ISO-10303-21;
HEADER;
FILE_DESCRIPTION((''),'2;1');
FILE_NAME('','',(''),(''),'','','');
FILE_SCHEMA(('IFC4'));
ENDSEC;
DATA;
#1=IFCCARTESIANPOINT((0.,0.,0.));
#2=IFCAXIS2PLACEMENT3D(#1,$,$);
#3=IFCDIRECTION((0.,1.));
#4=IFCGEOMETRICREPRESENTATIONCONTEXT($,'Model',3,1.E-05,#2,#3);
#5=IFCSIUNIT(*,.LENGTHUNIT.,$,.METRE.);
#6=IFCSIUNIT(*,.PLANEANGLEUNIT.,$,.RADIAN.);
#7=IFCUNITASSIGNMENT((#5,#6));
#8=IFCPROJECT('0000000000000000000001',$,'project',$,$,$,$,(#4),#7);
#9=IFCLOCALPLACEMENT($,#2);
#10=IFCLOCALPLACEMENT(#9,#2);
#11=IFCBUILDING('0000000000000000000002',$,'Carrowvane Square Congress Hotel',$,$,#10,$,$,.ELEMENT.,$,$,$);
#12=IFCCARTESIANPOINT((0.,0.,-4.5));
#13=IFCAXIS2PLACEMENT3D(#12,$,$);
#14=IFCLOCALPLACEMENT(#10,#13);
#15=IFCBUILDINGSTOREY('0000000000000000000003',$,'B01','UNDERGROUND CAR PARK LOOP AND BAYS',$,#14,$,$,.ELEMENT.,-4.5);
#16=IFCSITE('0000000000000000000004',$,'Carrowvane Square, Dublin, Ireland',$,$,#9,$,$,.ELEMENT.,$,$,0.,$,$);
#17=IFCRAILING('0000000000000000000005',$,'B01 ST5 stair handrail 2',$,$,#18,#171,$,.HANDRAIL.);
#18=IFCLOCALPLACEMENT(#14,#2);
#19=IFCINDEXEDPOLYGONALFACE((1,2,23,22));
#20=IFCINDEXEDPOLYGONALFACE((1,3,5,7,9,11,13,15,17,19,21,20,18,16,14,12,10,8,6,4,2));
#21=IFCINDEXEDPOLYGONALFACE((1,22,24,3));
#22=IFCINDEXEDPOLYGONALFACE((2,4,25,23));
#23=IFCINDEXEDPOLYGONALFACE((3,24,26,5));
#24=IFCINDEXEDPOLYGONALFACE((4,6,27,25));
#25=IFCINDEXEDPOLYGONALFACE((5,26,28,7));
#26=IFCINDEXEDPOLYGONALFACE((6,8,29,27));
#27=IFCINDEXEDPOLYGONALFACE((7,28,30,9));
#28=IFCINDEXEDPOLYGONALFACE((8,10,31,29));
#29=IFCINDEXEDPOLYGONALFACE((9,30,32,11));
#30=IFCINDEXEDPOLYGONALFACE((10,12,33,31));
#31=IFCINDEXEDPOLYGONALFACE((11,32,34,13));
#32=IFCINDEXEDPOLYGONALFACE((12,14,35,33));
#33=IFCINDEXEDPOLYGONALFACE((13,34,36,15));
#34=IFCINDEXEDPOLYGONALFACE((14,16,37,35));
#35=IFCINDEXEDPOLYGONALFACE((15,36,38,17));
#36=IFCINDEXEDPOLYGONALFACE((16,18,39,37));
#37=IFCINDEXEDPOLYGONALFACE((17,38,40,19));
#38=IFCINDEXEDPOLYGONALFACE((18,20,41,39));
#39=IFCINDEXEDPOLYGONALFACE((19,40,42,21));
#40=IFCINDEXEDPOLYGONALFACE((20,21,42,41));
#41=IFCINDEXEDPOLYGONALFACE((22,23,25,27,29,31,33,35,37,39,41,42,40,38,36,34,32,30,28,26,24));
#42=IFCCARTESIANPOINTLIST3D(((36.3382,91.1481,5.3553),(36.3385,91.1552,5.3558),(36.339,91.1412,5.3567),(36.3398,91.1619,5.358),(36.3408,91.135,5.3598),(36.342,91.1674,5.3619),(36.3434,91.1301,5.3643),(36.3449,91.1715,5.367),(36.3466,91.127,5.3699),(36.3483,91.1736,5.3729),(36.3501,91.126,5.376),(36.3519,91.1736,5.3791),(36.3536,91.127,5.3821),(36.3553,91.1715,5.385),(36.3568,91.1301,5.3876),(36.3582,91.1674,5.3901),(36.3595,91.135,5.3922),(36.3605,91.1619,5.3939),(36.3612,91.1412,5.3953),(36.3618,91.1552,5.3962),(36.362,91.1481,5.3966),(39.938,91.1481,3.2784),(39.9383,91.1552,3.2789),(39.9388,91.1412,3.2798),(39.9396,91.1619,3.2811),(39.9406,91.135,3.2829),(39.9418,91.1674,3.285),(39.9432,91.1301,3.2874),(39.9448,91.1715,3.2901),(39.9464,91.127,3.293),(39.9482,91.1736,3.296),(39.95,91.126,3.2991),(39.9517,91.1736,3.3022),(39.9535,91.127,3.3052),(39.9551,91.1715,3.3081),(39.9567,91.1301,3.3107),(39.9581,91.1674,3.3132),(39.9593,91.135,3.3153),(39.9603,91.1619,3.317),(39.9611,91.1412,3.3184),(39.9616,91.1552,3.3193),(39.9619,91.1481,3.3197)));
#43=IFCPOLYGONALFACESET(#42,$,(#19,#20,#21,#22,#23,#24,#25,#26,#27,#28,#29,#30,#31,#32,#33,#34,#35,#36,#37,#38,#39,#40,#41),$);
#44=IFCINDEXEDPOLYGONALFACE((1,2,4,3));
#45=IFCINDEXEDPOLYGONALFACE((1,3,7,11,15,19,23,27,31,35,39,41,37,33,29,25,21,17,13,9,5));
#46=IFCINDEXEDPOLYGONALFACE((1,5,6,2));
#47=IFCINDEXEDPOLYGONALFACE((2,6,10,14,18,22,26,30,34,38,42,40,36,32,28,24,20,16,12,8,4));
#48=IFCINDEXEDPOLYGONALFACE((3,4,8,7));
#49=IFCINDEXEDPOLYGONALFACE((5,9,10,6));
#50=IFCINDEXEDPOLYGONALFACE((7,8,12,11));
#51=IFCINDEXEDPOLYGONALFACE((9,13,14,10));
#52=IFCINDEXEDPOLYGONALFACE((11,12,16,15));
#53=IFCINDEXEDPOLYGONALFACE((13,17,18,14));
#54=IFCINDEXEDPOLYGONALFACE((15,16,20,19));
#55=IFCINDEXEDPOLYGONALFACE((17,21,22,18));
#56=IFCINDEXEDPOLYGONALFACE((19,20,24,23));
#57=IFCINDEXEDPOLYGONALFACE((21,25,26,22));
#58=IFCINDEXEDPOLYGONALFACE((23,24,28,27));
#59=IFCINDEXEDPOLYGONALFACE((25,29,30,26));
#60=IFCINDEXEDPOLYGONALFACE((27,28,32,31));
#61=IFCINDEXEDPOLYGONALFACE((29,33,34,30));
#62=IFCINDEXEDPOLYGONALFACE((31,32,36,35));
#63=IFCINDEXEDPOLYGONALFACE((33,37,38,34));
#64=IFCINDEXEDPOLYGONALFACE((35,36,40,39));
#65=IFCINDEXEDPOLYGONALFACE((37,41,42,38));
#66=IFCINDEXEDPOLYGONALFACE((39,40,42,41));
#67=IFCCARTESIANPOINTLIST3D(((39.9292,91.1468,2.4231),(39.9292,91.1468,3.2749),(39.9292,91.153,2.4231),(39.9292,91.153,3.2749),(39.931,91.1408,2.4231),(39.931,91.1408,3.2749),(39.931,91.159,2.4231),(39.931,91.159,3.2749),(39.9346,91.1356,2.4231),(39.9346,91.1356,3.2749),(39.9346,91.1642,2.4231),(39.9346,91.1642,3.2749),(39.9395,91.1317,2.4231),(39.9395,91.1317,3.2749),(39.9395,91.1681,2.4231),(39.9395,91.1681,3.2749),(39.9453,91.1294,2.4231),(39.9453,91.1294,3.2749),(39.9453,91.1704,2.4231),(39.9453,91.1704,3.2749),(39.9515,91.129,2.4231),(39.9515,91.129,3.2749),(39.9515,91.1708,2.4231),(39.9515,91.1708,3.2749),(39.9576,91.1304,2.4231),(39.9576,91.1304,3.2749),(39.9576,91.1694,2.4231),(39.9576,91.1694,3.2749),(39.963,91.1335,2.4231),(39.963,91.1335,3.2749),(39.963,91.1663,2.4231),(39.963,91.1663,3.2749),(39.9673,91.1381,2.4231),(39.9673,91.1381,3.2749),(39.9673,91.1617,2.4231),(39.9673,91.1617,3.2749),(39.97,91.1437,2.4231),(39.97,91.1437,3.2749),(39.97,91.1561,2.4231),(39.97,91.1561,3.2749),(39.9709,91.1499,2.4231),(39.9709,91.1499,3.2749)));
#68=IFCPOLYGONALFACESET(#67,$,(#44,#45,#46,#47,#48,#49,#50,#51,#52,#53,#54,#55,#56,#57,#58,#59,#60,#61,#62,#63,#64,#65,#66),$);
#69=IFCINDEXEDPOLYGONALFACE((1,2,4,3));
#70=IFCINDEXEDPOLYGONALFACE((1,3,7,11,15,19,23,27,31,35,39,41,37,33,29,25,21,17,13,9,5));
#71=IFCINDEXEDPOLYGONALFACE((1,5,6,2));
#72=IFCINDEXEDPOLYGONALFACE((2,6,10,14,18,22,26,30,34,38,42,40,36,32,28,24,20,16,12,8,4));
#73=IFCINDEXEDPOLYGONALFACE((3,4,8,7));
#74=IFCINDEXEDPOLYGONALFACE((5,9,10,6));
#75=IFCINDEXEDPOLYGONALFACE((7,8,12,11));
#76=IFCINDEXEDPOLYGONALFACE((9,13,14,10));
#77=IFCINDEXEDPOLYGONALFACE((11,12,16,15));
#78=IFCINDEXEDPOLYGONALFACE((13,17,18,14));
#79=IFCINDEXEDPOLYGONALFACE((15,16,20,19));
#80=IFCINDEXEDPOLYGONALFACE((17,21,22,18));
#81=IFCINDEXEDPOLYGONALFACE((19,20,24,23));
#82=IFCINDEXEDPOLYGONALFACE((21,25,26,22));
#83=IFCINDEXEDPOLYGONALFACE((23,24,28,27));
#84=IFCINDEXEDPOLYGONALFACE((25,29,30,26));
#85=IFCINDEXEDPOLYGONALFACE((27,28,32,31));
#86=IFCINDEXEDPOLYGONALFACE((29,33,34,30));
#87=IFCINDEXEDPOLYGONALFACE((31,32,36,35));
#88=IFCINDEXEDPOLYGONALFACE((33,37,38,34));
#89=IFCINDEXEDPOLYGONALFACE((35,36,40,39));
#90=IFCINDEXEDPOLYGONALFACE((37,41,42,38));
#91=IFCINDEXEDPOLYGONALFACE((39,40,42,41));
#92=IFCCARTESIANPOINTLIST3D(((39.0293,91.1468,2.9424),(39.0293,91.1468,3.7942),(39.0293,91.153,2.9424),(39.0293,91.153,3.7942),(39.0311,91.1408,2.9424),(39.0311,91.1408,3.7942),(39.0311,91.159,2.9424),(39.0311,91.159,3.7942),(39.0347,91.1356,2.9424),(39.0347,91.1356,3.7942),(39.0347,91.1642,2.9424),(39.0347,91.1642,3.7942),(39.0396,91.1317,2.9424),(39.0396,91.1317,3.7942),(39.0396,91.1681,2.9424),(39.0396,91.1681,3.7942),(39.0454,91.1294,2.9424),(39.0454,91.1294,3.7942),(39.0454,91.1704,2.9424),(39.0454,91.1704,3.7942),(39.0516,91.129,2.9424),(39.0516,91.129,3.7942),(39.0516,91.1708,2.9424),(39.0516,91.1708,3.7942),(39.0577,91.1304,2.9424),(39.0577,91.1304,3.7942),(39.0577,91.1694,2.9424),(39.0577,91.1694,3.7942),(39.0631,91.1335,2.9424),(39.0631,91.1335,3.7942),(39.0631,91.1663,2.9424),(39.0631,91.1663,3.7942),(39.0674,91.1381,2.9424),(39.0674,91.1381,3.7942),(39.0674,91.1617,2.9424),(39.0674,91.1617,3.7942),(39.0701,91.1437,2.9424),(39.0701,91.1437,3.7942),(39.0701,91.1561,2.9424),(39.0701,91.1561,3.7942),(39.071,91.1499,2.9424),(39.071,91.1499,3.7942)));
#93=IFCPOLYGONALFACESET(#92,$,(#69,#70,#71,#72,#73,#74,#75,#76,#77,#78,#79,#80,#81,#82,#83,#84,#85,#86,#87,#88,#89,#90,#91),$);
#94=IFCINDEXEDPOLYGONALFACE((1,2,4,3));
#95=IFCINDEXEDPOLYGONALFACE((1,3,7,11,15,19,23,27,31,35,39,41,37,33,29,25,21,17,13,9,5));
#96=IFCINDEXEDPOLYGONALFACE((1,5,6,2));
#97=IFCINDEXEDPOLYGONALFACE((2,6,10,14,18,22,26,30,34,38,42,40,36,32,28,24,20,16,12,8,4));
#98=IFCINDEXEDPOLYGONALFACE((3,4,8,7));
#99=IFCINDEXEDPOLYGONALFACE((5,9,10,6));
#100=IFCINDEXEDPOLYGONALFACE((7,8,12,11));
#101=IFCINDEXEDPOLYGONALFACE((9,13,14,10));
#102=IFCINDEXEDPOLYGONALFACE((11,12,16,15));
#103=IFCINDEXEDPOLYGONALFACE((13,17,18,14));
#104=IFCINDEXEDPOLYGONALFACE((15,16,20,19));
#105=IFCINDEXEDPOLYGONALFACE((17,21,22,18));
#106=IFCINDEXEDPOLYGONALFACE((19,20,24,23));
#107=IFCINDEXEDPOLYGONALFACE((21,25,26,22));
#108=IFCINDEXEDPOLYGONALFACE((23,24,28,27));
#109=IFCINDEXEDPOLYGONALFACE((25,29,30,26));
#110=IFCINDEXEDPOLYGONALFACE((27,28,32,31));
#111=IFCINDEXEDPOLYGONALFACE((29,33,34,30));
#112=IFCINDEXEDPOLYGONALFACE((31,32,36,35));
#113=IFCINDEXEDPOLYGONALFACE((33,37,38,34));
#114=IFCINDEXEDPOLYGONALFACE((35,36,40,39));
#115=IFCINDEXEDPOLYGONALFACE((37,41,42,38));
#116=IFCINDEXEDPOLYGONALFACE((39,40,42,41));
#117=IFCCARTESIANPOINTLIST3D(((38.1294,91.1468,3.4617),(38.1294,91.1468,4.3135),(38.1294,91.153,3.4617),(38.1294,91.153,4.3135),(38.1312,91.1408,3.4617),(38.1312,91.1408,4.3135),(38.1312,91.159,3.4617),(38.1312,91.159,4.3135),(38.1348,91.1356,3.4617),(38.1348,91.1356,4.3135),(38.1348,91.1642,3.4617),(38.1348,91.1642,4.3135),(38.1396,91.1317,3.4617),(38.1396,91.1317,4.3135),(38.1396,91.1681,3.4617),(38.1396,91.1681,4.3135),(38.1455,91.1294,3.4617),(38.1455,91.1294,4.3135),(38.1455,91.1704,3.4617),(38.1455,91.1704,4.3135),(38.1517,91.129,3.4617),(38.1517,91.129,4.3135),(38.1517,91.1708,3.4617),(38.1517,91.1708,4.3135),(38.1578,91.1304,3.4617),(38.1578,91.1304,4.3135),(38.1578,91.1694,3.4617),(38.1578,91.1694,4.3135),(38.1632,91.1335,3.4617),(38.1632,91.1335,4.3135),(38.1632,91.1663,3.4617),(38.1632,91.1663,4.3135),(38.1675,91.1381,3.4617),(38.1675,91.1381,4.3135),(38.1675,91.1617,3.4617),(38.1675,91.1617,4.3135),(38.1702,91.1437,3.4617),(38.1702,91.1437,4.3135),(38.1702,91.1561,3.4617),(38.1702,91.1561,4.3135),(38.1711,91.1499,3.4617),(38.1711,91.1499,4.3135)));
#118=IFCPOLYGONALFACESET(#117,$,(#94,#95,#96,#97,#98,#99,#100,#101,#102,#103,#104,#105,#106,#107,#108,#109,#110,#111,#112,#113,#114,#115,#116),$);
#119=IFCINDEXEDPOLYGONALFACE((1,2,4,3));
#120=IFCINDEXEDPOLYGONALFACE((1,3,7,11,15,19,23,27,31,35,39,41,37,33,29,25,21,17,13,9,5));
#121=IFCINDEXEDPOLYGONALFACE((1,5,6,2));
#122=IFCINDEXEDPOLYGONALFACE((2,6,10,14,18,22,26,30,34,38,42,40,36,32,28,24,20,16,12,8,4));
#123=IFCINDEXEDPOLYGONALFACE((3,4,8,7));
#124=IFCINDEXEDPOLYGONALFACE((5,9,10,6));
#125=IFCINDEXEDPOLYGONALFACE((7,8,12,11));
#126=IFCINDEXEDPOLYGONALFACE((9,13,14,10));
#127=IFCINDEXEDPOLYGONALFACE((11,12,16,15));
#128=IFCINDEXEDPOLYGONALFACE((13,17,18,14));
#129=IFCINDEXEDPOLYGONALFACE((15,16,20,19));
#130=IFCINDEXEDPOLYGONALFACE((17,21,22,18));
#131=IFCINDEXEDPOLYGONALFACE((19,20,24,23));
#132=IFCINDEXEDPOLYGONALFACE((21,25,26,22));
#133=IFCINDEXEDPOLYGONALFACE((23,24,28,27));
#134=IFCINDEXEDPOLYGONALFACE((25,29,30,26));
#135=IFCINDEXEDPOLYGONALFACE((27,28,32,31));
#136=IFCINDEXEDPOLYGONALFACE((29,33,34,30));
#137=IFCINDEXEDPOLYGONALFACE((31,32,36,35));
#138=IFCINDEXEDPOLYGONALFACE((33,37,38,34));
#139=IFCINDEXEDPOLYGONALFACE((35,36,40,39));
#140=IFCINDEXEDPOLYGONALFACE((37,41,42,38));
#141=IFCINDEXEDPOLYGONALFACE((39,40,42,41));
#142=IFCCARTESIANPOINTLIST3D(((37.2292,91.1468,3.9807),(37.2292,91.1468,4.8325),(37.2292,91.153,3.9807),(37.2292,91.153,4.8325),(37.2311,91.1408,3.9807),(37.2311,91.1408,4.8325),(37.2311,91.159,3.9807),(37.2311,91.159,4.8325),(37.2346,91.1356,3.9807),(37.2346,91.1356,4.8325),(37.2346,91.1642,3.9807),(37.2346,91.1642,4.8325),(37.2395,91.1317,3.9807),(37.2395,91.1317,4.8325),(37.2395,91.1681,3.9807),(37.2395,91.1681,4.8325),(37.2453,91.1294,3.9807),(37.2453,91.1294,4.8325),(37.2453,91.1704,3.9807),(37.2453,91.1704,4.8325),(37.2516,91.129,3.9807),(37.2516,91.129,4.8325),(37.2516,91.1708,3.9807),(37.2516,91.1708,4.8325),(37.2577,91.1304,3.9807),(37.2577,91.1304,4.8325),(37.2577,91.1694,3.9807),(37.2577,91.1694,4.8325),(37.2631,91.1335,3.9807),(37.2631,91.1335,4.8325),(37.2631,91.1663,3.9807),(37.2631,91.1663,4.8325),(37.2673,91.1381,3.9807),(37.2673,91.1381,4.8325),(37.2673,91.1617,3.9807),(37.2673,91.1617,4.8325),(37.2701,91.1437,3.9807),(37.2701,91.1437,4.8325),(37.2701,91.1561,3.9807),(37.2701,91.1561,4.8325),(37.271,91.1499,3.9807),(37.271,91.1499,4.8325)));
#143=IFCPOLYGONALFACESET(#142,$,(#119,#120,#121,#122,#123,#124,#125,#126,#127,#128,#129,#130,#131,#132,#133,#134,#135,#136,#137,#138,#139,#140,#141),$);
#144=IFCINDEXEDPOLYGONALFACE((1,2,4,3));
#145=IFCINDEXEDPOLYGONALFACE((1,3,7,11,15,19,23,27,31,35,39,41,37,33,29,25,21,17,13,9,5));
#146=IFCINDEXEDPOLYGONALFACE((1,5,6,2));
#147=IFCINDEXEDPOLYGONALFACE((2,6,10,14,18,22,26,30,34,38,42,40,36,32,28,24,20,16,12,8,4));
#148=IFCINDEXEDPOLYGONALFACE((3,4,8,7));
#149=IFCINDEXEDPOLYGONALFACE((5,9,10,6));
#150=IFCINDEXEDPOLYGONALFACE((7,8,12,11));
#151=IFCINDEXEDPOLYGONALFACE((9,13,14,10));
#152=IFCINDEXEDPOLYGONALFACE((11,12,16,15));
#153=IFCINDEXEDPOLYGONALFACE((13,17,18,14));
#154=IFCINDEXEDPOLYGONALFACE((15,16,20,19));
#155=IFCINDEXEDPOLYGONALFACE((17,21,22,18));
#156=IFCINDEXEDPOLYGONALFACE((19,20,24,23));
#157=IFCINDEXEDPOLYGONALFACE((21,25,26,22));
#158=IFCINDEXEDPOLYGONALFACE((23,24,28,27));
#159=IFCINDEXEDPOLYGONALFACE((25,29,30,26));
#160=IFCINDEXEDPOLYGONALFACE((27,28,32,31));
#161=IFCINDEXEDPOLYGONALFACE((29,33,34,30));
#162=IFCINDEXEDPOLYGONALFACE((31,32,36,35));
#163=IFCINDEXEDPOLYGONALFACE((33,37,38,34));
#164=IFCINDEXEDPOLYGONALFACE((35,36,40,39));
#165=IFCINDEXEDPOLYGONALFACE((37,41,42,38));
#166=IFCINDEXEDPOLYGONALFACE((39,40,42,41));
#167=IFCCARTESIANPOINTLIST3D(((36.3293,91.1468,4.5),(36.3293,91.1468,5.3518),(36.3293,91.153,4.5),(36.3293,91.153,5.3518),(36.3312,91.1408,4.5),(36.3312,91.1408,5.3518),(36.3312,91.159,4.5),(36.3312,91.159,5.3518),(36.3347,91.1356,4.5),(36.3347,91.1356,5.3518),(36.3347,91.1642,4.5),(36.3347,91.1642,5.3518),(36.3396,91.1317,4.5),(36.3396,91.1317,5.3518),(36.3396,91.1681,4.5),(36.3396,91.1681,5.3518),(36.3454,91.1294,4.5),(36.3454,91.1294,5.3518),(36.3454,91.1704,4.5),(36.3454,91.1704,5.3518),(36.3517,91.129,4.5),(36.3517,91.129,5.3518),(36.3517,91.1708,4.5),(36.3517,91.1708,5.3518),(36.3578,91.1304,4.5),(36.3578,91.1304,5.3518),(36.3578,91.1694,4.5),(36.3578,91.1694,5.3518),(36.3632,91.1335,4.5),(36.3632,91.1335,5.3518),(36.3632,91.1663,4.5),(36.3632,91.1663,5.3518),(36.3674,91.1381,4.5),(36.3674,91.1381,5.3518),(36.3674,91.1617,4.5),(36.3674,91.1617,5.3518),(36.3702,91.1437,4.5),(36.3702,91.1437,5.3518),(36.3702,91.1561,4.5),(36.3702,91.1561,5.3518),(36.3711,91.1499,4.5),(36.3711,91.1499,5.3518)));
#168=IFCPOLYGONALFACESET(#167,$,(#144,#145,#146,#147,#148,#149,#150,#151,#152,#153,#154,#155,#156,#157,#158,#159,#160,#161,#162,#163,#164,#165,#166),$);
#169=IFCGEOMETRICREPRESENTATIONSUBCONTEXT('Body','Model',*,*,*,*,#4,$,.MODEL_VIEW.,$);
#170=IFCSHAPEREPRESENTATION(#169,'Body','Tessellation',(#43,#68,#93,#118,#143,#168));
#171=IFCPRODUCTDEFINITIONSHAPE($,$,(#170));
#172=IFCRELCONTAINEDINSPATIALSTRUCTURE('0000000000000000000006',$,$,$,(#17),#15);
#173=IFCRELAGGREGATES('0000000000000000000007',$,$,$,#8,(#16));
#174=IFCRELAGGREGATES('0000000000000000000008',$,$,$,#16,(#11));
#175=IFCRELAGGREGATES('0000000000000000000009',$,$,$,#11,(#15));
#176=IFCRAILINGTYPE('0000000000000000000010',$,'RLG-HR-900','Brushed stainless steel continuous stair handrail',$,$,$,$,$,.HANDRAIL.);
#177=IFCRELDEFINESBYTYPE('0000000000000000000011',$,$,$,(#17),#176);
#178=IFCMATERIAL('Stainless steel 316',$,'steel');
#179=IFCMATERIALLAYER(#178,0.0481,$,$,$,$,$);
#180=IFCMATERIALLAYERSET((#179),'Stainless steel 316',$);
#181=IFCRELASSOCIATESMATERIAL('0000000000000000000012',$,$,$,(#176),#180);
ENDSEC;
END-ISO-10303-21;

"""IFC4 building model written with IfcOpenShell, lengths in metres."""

from ifc_helpers import new_model, si_unit, direction, frame, origin, origin_2d, place, context, subcontext, project, spatial, circle, extrude, material, layer, layer_set, type_object, element, save


model = new_model("IFC4")

# Units and contexts
model_context = context("Model", 3, precision=1e-05, world=origin(), true_north=direction((0.0, 1.0)))
body_context = subcontext(model_context, "Body", "Model", "MODEL_VIEW")
ifc_project = project(units=[si_unit("LENGTHUNIT", "METRE"), si_unit("PLANEANGLEUNIT", "RADIAN")], contexts=[model_context])

# Site, building, storey
site_placement = place(None, origin())
site = spatial("IfcSite", under=ifc_project, at=site_placement, Name="Carrowvane Square, Dublin, Ireland", CompositionType="ELEMENT", RefElevation=0.0)
building_placement = place(site_placement, origin())
building = spatial("IfcBuilding", under=site, at=building_placement, Name="Carrowvane Square Congress Hotel", CompositionType="ELEMENT")
storey_placement = place(building_placement, frame((0.0, 0.0, -4.5)))
storey = spatial("IfcBuildingStorey", under=building, at=storey_placement, Name="B01", Description="UNDERGROUND CAR PARK LOOP AND BAYS", CompositionType="ELEMENT", Elevation=-4.5)

# Railing
ifc_material_1 = material(Name="Stainless steel 316", Category="steel")
ifc_layer_1 = layer(ifc_material_1, 0.0481)
ifc_layer_set_1 = layer_set([ifc_layer_1], Name="Stainless steel 316")
railing_type_1 = type_object("IfcRailingType", Name="RLG-HR-900", Description="Brushed stainless steel continuous stair handrail", PredefinedType="HANDRAIL", material=ifc_layer_set_1)
railing_1_placement = place(storey_placement, frame((39.95, 91.1499, 2.4231)))
element("IfcRailing", 1, at=railing_1_placement, inside=storey, type_object=railing_type_1, Name="B01 ST5 stair handrail 2", PredefinedType="HANDRAIL", context=body_context, shape_type="SweptSolid", body=[
    extrude(circle(Radius=0.0239, at=origin_2d()), frame((0.0, 0.0, 0.876), z_axis=(-0.866179, 0.0, 0.499734), x_axis=(0.0, -1.0, 0.0)), (0.0, 0.0, 1.0), 4.156),
    extrude(circle(Radius=0.021, at=origin_2d()), origin(), (0.0, 0.0, 1.0), 0.8518),
    extrude(circle(Radius=0.021, at=origin_2d()), frame((-0.8999, 0.0, 0.5193)), (0.0, 0.0, 1.0), 0.8518),
    extrude(circle(Radius=0.021, at=origin_2d()), frame((-1.7998, 0.0, 1.0386)), (0.0, 0.0, 1.0), 0.8518),
    extrude(circle(Radius=0.021, at=origin_2d()), frame((-2.7, 0.0, 1.5576)), (0.0, 0.0, 1.0), 0.8518),
    extrude(circle(Radius=0.021, at=origin_2d()), frame((-3.5999, 0.0, 2.0769)), (0.0, 0.0, 1.0), 0.8518),
])

save(model, "model.ifc")
